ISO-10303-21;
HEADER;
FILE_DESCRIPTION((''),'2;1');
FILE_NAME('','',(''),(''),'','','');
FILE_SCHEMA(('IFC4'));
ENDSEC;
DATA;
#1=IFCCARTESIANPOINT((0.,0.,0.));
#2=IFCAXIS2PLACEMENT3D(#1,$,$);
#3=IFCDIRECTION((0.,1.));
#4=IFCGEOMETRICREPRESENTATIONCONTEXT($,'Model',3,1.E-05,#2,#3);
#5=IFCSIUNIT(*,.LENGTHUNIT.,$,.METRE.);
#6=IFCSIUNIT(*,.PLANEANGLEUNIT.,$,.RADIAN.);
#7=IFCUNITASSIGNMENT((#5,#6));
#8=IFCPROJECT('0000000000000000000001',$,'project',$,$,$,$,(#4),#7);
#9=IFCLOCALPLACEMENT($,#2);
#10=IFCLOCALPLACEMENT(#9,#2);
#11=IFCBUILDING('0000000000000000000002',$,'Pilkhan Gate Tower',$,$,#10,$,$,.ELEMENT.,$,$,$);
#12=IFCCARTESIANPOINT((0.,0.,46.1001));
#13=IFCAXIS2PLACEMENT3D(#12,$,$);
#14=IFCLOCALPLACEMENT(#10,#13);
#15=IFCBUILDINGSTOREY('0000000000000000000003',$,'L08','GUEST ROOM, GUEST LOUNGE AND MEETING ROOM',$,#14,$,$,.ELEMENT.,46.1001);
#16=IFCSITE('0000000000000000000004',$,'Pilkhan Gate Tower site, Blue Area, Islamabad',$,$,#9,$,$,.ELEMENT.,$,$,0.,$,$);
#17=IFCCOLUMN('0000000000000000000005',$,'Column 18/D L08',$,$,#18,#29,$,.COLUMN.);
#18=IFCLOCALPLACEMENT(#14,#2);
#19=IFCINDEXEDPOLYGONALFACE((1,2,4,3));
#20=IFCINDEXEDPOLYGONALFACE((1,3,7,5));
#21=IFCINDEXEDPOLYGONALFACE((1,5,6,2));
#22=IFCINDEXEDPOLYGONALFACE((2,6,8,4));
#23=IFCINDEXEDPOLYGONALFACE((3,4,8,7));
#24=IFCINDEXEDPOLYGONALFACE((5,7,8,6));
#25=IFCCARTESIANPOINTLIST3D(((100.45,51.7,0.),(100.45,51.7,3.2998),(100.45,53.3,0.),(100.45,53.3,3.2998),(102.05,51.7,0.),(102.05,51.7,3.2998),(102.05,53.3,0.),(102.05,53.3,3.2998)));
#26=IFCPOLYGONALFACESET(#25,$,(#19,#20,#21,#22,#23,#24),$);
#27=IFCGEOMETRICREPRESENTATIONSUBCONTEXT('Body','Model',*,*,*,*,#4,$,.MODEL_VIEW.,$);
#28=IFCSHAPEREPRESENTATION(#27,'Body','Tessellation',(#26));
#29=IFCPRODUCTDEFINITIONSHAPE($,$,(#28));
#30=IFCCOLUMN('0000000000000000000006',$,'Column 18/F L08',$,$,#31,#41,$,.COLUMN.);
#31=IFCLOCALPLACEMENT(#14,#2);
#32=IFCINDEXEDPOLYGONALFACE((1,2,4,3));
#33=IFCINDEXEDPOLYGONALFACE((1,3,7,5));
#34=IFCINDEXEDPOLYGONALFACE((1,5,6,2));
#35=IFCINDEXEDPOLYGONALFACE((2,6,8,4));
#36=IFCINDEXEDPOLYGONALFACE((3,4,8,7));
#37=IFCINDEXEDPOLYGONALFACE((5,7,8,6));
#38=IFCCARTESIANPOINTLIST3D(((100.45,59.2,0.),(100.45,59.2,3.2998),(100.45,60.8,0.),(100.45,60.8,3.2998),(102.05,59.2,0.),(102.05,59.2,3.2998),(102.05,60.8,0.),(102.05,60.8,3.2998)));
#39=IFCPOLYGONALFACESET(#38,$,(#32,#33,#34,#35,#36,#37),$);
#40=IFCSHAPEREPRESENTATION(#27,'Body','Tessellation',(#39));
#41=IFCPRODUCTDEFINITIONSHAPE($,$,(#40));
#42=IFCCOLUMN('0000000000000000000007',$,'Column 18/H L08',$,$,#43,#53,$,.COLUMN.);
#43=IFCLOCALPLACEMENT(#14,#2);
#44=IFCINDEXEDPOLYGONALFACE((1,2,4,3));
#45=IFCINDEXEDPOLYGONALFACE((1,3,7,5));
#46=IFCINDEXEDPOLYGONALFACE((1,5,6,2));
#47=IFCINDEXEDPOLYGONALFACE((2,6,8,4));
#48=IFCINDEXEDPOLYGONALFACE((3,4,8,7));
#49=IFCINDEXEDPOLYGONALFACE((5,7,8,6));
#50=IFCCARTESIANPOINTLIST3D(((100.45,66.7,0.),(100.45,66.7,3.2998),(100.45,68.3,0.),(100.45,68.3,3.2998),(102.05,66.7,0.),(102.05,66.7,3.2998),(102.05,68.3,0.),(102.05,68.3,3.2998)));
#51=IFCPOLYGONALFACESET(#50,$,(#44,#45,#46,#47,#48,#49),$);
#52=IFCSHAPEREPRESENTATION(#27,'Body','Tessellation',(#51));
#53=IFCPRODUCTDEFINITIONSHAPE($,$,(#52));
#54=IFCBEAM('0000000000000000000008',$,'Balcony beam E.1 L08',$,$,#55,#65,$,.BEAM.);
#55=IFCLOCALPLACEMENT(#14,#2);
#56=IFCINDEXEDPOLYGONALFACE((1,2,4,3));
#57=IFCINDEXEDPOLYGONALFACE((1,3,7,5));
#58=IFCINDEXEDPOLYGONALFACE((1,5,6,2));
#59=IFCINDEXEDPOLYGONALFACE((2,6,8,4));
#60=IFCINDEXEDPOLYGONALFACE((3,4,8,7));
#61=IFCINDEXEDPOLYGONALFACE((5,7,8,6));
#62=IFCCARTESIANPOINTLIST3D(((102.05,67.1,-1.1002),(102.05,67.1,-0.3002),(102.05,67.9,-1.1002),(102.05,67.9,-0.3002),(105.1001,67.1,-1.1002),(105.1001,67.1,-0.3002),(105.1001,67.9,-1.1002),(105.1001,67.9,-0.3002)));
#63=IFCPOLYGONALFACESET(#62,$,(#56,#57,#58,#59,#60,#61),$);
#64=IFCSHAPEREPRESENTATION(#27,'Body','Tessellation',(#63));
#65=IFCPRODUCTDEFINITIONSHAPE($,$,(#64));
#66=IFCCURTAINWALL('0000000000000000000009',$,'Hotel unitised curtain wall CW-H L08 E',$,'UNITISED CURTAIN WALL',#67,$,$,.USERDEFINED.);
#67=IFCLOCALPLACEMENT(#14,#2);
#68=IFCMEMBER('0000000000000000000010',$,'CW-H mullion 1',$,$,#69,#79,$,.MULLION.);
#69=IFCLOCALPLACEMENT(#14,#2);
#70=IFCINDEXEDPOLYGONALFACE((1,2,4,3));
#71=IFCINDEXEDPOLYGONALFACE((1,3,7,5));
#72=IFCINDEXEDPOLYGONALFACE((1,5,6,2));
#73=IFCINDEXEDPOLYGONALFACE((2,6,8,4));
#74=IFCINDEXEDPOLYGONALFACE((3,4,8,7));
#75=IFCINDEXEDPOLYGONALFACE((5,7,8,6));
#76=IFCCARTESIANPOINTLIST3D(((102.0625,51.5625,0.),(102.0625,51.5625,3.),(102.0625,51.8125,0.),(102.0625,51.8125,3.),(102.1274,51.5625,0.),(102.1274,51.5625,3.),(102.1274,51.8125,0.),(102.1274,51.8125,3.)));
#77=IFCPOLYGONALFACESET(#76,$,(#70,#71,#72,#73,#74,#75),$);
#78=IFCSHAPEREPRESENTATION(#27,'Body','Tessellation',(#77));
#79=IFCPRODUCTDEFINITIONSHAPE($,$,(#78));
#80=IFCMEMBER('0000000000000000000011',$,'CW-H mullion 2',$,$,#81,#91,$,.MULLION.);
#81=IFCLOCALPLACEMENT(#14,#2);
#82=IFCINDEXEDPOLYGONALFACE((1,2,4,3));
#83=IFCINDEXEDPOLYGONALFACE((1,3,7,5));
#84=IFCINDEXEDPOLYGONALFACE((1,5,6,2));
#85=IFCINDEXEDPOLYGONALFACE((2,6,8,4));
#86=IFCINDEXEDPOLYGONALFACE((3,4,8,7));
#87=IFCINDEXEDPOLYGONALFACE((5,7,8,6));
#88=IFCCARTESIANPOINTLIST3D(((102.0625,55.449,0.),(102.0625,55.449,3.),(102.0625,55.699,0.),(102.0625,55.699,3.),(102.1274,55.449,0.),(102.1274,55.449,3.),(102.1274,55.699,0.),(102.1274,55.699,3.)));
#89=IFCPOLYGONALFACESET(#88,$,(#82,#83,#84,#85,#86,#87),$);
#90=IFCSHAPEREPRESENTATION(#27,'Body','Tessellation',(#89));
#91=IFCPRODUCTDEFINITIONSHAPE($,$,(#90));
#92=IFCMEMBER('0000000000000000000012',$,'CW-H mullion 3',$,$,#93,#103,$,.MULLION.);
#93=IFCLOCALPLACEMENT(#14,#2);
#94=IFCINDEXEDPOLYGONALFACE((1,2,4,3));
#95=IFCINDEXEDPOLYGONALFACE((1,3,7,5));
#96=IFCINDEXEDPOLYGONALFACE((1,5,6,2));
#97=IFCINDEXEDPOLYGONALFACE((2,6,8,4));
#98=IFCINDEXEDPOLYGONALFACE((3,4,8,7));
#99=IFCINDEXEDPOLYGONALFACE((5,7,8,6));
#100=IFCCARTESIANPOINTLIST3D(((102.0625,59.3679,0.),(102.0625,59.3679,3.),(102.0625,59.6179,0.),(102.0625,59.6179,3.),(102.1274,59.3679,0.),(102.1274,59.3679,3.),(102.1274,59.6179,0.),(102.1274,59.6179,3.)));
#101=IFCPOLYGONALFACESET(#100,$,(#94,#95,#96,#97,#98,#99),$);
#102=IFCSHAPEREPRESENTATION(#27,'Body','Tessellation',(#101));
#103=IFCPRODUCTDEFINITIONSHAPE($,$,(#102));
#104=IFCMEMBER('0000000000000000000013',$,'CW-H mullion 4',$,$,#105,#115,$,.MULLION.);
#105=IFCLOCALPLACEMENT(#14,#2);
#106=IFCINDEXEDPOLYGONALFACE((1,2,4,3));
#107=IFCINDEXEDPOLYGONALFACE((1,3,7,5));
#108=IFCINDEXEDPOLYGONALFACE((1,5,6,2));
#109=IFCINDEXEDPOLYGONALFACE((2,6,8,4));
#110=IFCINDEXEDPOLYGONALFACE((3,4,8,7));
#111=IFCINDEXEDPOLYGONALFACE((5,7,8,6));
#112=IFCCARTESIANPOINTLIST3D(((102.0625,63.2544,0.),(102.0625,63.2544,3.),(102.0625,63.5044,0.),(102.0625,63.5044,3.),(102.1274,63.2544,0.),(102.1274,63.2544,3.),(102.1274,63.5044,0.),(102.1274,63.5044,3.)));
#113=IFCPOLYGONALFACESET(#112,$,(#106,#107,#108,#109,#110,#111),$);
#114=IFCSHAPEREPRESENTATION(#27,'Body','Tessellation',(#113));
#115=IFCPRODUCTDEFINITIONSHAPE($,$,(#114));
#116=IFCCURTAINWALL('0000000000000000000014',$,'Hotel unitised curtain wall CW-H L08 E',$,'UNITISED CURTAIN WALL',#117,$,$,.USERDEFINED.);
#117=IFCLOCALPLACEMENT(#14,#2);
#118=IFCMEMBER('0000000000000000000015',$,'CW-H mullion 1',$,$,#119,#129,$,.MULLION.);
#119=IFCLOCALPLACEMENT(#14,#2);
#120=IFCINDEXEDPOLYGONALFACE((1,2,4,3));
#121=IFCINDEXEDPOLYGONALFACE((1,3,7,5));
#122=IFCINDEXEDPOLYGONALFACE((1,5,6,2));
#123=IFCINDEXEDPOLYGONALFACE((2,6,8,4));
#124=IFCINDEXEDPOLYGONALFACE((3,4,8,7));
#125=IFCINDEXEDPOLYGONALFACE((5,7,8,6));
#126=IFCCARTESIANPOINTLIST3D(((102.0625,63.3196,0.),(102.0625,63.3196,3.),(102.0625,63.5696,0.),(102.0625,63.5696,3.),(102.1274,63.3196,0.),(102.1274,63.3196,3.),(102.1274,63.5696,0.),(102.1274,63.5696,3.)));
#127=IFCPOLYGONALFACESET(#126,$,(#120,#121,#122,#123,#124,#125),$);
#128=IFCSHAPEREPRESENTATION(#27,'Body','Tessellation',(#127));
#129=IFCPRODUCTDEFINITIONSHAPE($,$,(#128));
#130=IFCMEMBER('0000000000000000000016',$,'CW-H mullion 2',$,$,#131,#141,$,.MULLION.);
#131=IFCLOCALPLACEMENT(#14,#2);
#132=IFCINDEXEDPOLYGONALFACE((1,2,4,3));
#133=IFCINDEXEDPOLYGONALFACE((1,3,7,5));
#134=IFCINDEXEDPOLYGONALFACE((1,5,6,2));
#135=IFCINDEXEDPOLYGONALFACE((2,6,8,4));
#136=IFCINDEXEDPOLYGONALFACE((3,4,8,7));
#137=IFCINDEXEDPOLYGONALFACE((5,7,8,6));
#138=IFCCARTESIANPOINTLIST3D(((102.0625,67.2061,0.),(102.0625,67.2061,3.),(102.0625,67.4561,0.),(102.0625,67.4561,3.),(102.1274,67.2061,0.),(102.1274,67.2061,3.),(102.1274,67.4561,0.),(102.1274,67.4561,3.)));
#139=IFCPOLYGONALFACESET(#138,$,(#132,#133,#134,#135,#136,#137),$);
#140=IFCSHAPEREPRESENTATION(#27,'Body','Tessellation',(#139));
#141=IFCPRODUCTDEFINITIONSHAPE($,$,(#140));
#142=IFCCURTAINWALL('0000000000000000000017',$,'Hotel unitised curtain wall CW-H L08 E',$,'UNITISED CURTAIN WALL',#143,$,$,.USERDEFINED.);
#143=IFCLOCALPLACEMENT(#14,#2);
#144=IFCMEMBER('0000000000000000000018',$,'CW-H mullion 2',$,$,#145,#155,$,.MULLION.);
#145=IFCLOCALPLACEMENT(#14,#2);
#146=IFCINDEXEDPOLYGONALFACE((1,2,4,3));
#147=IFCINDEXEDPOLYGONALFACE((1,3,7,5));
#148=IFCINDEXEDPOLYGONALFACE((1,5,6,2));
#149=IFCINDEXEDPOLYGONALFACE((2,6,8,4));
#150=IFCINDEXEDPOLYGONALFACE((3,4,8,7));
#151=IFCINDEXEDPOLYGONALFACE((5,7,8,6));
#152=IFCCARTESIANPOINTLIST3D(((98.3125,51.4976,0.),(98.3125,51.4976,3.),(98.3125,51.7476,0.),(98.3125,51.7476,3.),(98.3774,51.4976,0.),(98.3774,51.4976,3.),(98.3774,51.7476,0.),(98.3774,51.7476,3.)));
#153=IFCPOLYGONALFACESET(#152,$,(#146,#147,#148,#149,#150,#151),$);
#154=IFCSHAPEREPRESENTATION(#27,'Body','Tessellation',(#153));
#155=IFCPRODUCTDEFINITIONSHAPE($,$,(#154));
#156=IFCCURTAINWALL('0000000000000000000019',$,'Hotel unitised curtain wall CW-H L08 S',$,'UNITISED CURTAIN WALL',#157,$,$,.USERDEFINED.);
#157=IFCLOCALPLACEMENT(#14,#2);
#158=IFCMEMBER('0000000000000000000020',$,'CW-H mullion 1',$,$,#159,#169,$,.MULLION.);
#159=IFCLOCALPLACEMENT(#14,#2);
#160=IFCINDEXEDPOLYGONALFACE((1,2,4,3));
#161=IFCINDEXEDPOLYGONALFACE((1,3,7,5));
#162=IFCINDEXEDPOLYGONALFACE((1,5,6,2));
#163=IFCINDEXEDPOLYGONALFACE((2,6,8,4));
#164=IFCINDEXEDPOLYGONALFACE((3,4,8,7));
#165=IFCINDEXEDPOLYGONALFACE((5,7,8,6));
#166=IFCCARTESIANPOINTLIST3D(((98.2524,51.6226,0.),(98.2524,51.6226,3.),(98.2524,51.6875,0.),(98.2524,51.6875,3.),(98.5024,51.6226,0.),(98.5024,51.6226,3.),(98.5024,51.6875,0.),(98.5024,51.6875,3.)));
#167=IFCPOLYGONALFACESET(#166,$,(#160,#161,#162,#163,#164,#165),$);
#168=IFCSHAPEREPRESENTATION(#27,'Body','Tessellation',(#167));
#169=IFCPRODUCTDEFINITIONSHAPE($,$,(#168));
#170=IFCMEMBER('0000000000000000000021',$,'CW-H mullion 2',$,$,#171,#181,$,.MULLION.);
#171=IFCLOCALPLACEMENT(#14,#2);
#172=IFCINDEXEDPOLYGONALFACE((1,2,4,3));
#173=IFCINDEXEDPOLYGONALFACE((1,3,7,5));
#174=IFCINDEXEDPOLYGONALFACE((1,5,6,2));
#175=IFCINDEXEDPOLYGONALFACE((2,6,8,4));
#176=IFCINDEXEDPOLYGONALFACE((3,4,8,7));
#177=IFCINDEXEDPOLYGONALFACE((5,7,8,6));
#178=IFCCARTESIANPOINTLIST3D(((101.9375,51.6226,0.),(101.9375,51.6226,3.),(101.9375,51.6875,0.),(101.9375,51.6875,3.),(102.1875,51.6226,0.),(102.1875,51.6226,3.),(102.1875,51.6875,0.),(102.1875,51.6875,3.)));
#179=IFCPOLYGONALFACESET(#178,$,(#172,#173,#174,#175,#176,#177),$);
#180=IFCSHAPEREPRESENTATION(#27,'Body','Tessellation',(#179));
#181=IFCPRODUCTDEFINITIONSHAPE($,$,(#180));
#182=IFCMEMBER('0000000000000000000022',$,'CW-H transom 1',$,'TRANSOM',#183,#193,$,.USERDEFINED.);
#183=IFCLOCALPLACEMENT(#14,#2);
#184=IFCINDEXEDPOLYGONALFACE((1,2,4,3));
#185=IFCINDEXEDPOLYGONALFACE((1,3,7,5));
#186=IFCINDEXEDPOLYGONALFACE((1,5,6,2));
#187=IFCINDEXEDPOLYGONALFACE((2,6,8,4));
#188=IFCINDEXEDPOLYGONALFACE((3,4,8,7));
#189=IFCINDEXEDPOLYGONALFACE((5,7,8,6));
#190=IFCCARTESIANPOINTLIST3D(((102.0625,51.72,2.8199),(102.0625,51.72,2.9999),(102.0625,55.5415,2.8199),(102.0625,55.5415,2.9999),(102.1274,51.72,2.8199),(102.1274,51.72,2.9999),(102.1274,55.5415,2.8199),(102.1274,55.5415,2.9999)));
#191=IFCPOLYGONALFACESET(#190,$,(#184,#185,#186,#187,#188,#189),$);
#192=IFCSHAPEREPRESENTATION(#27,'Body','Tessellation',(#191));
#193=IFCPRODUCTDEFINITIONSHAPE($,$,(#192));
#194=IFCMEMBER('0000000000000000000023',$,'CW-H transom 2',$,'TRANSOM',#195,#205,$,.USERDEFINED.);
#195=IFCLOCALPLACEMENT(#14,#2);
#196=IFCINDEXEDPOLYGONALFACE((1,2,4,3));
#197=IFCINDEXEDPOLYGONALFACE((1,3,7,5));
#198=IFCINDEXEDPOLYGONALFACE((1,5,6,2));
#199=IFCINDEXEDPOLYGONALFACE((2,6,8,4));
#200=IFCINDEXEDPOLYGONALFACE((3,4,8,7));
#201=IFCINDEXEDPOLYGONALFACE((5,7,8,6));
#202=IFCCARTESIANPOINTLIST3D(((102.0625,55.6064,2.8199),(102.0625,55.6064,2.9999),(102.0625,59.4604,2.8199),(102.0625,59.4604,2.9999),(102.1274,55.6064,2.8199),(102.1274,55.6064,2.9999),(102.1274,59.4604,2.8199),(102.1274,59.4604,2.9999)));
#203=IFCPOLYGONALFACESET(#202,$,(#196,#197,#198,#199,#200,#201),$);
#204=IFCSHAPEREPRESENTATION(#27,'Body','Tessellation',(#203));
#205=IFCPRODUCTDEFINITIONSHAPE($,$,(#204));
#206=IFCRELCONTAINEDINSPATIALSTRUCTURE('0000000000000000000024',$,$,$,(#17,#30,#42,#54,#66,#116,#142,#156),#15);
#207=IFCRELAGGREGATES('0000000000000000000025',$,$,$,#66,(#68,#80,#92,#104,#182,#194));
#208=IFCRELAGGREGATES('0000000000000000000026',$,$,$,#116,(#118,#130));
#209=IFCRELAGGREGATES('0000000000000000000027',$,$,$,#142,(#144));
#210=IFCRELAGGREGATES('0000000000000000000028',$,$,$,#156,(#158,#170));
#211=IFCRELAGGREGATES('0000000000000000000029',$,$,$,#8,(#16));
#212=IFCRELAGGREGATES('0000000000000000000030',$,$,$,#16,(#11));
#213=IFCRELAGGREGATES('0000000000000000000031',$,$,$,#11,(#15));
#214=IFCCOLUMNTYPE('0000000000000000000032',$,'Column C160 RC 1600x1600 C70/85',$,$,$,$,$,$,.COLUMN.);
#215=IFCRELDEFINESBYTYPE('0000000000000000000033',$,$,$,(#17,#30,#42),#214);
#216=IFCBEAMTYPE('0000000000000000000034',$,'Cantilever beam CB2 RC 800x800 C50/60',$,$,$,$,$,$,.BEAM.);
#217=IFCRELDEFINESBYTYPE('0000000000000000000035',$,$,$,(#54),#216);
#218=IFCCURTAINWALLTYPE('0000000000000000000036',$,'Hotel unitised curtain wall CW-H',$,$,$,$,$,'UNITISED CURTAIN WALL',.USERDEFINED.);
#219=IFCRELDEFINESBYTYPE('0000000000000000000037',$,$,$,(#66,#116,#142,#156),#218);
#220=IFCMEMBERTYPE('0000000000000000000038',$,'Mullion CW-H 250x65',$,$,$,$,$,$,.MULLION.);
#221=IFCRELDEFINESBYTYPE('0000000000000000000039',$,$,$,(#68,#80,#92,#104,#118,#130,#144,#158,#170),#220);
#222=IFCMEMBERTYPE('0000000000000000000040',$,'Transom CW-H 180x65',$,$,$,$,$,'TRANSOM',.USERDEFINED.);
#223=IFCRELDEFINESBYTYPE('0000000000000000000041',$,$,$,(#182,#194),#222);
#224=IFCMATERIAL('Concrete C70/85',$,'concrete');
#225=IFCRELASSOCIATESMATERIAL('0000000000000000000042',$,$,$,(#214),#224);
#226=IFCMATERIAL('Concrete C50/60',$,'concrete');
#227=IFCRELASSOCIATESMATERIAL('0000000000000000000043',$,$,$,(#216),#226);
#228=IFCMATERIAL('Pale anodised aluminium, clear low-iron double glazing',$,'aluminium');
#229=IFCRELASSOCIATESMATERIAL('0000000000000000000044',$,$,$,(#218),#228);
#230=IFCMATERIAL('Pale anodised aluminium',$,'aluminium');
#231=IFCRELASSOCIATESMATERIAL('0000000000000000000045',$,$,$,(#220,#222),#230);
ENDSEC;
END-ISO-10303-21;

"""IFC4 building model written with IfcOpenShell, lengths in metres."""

from ifc_helpers import new_model, si_unit, direction, frame, origin, origin_2d, place, context, subcontext, project, spatial, rectangle, extrude, material, material_profile, profile_set, type_object, element, aggregate, save


model = new_model("IFC4")

# Units and contexts
model_context = context("Model", 3, precision=1e-05, world=origin(), true_north=direction((0.0, 1.0)))
body_context = subcontext(model_context, "Body", "Model", "MODEL_VIEW")
ifc_project = project(units=[si_unit("LENGTHUNIT", "METRE"), si_unit("PLANEANGLEUNIT", "RADIAN")], contexts=[model_context])

# Site, building, storey
site_placement = place(None, origin())
site = spatial("IfcSite", under=ifc_project, at=site_placement, Name="Pilkhan Gate Tower site, Blue Area, Islamabad", CompositionType="ELEMENT", RefElevation=0.0)
building_placement = place(site_placement, origin())
building = spatial("IfcBuilding", under=site, at=building_placement, Name="Pilkhan Gate Tower", CompositionType="ELEMENT")
storey_placement = place(building_placement, frame((0.0, 0.0, 46.1001)))
storey = spatial("IfcBuildingStorey", under=building, at=storey_placement, Name="L08", Description="GUEST ROOM, GUEST LOUNGE AND MEETING ROOM", CompositionType="ELEMENT", Elevation=46.1001)

# Columns
ifc_material_1 = material(Name="Concrete C70/85", Category="concrete")
ifc_material_profile_1 = material_profile(ifc_material_1, rectangle(XDim=1.6001, YDim=1.6001, at=origin_2d()), Name="RC 1600x1600")
ifc_profile_set_1 = profile_set([ifc_material_profile_1], Name="Concrete C70/85")
column_type = type_object("IfcColumnType", Name="Column C160 RC 1600x1600 C70/85", PredefinedType="COLUMN", material=ifc_profile_set_1)
for number, where, z_axis, x_axis, name in (
    (1, (101.25, 52.5, 0.0), (0.0, 0.0, 1.0), (1.0, 0.0, 0.0), "Column 18/D L08"),
    (2, (101.25, 60.0, 0.0), (0.0, 0.0, 1.0), (1.0, 0.0, 0.0), "Column 18/F L08"),
    (3, (101.25, 67.5, 0.0), (0.0, 0.0, 1.0), (1.0, 0.0, 0.0), "Column 18/H L08"),
):
    element("IfcColumn", number, at=place(storey_placement, frame(where, z_axis=z_axis, x_axis=x_axis)), inside=storey, type_object=column_type, Name=name, PredefinedType="COLUMN", context=body_context, shape_type="SweptSolid", body=[
        extrude(rectangle(XDim=1.6001, YDim=1.6001, at=origin_2d()), origin(), (0.0, 0.0, 1.0), 3.2998),
    ])

# Beam
ifc_material_2 = material(Name="Concrete C50/60", Category="concrete")
ifc_material_profile_2 = material_profile(ifc_material_2, rectangle(XDim=0.8, YDim=0.8, at=origin_2d()), Name="RC 800x800")
ifc_profile_set_2 = profile_set([ifc_material_profile_2], Name="Concrete C50/60")
beam_type = type_object("IfcBeamType", Name="Cantilever beam CB2 RC 800x800 C50/60", PredefinedType="BEAM", material=ifc_profile_set_2)
beam_placement = place(storey_placement, frame((102.05, 67.5, -0.7002), z_axis=(1.0, 0.0, 0.0), x_axis=(0.0, 1.0, 0.0)))
element("IfcBeam", 4, at=beam_placement, inside=storey, type_object=beam_type, Name="Balcony beam E.1 L08", PredefinedType="BEAM", context=body_context, shape_type="SweptSolid", body=[
    extrude(rectangle(XDim=0.8, YDim=0.8, at=origin_2d()), origin(), (0.0, 0.0, 1.0), 3.05),
])

# Curtain walls, members
ifc_material_3 = material(Name="Pale anodised aluminium, clear low-iron double glazing", Category="aluminium")
curtain_wall_type = type_object("IfcCurtainWallType", Name="Hotel unitised curtain wall CW-H", ElementType="UNITISED CURTAIN WALL", PredefinedType="USERDEFINED", material=ifc_material_3)
curtain_wall_1_placement = place(storey_placement, origin())
curtain_wall_1 = element("IfcCurtainWall", 5, at=curtain_wall_1_placement, inside=storey, type_object=curtain_wall_type, Name="Hotel unitised curtain wall CW-H L08 E", ObjectType="UNITISED CURTAIN WALL", PredefinedType="USERDEFINED")
ifc_material_4 = material(Name="Pale anodised aluminium", Category="aluminium")
ifc_material_profile_3 = material_profile(ifc_material_4, rectangle(XDim=0.0649, YDim=0.25, at=origin_2d()), Name="Mullion 250x65")
ifc_profile_set_3 = profile_set([ifc_material_profile_3], Name="Pale anodised aluminium")
member_type_1 = type_object("IfcMemberType", Name="Mullion CW-H 250x65", PredefinedType="MULLION", material=ifc_profile_set_3)
member_1_placement = place(storey_placement, frame((102.095, 51.6875, 0.0), z_axis=(0.0, 0.0, 1.0), x_axis=(-1.0, 0.0, 0.0)))
member_1 = element("IfcMember", 6, at=member_1_placement, type_object=member_type_1, Name="CW-H mullion 1", PredefinedType="MULLION", context=body_context, shape_type="SweptSolid", body=[
    extrude(rectangle(XDim=0.0649, YDim=0.25, at=origin_2d()), origin(), (0.0, 0.0, 1.0), 3.0),
])
member_2_placement = place(storey_placement, frame((102.095, 55.574, 0.0), z_axis=(0.0, 0.0, 1.0), x_axis=(-1.0, 0.0, 0.0)))
member_2 = element("IfcMember", 7, at=member_2_placement, type_object=member_type_1, Name="CW-H mullion 2", PredefinedType="MULLION", context=body_context, shape_type="SweptSolid", body=[
    extrude(rectangle(XDim=0.0649, YDim=0.25, at=origin_2d()), origin(), (0.0, 0.0, 1.0), 3.0),
])
member_3_placement = place(storey_placement, frame((102.095, 59.4929, 0.0), z_axis=(0.0, 0.0, 1.0), x_axis=(-1.0, 0.0, 0.0)))
member_3 = element("IfcMember", 8, at=member_3_placement, type_object=member_type_1, Name="CW-H mullion 3", PredefinedType="MULLION", context=body_context, shape_type="SweptSolid", body=[
    extrude(rectangle(XDim=0.0649, YDim=0.25, at=origin_2d()), origin(), (0.0, 0.0, 1.0), 3.0),
])
member_4_placement = place(storey_placement, frame((102.095, 63.3794, 0.0), z_axis=(0.0, 0.0, 1.0), x_axis=(-1.0, 0.0, 0.0)))
member_4 = element("IfcMember", 9, at=member_4_placement, type_object=member_type_1, Name="CW-H mullion 4", PredefinedType="MULLION", context=body_context, shape_type="SweptSolid", body=[
    extrude(rectangle(XDim=0.0649, YDim=0.25, at=origin_2d()), origin(), (0.0, 0.0, 1.0), 3.0),
])
curtain_wall_2_placement = place(storey_placement, origin())
curtain_wall_2 = element("IfcCurtainWall", 10, at=curtain_wall_2_placement, inside=storey, type_object=curtain_wall_type, Name="Hotel unitised curtain wall CW-H L08 E", ObjectType="UNITISED CURTAIN WALL", PredefinedType="USERDEFINED")
member_5_placement = place(storey_placement, frame((102.095, 63.4446, 0.0), z_axis=(0.0, 0.0, 1.0), x_axis=(-1.0, 0.0, 0.0)))
member_5 = element("IfcMember", 11, at=member_5_placement, type_object=member_type_1, Name="CW-H mullion 1", PredefinedType="MULLION", context=body_context, shape_type="SweptSolid", body=[
    extrude(rectangle(XDim=0.0649, YDim=0.25, at=origin_2d()), origin(), (0.0, 0.0, 1.0), 3.0),
])
member_6_placement = place(storey_placement, frame((102.095, 67.3311, 0.0), z_axis=(0.0, 0.0, 1.0), x_axis=(-1.0, 0.0, 0.0)))
member_6 = element("IfcMember", 12, at=member_6_placement, type_object=member_type_1, Name="CW-H mullion 2", PredefinedType="MULLION", context=body_context, shape_type="SweptSolid", body=[
    extrude(rectangle(XDim=0.0649, YDim=0.25, at=origin_2d()), origin(), (0.0, 0.0, 1.0), 3.0),
])

# Curtain wall, member
curtain_wall_3_placement = place(storey_placement, origin())
curtain_wall_3 = element("IfcCurtainWall", 13, at=curtain_wall_3_placement, inside=storey, type_object=curtain_wall_type, Name="Hotel unitised curtain wall CW-H L08 E", ObjectType="UNITISED CURTAIN WALL", PredefinedType="USERDEFINED")
member_7_placement = place(storey_placement, frame((98.345, 51.6226, 0.0), z_axis=(0.0, 0.0, 1.0), x_axis=(-1.0, 0.0, 0.0)))
member_7 = element("IfcMember", 14, at=member_7_placement, type_object=member_type_1, Name="CW-H mullion 2", PredefinedType="MULLION", context=body_context, shape_type="SweptSolid", body=[
    extrude(rectangle(XDim=0.0649, YDim=0.25, at=origin_2d()), origin(), (0.0, 0.0, 1.0), 3.0),
])

# Curtain wall, members
curtain_wall_4_placement = place(storey_placement, origin())
curtain_wall_4 = element("IfcCurtainWall", 15, at=curtain_wall_4_placement, inside=storey, type_object=curtain_wall_type, Name="Hotel unitised curtain wall CW-H L08 S", ObjectType="UNITISED CURTAIN WALL", PredefinedType="USERDEFINED")
member_8_placement = place(storey_placement, frame((98.3774, 51.655, 0.0), z_axis=(0.0, 0.0, 1.0), x_axis=(0.0, 1.0, 0.0)))
member_8 = element("IfcMember", 16, at=member_8_placement, type_object=member_type_1, Name="CW-H mullion 1", PredefinedType="MULLION", context=body_context, shape_type="SweptSolid", body=[
    extrude(rectangle(XDim=0.0649, YDim=0.25, at=origin_2d()), origin(), (0.0, 0.0, 1.0), 3.0),
])
member_9_placement = place(storey_placement, frame((102.0625, 51.655, 0.0), z_axis=(0.0, 0.0, 1.0), x_axis=(0.0, 1.0, 0.0)))
member_9 = element("IfcMember", 17, at=member_9_placement, type_object=member_type_1, Name="CW-H mullion 2", PredefinedType="MULLION", context=body_context, shape_type="SweptSolid", body=[
    extrude(rectangle(XDim=0.0649, YDim=0.25, at=origin_2d()), origin(), (0.0, 0.0, 1.0), 3.0),
])

# Members
ifc_material_profile_4 = material_profile(ifc_material_4, rectangle(XDim=0.0649, YDim=0.1799, at=origin_2d()), Name="Transom 180x65")
ifc_profile_set_4 = profile_set([ifc_material_profile_4], Name="Pale anodised aluminium")
member_type_2 = type_object("IfcMemberType", Name="Transom CW-H 180x65", ElementType="TRANSOM", PredefinedType="USERDEFINED", material=ifc_profile_set_4)
member_10_placement = place(storey_placement, frame((102.095, 51.72, 2.9099), z_axis=(0.0, 1.0, 0.0), x_axis=(-1.0, 0.0, 0.0)))
member_10 = element("IfcMember", 18, at=member_10_placement, type_object=member_type_2, Name="CW-H transom 1", ObjectType="TRANSOM", PredefinedType="USERDEFINED", context=body_context, shape_type="SweptSolid", body=[
    extrude(rectangle(XDim=0.0649, YDim=0.1799, at=origin_2d()), origin(), (0.0, 0.0, 1.0), 3.8215),
])
member_11_placement = place(storey_placement, frame((102.095, 55.6064, 2.9099), z_axis=(0.0, 1.0, 0.0), x_axis=(-1.0, 0.0, 0.0)))
member_11 = element("IfcMember", 19, at=member_11_placement, type_object=member_type_2, Name="CW-H transom 2", ObjectType="TRANSOM", PredefinedType="USERDEFINED", context=body_context, shape_type="SweptSolid", body=[
    extrude(rectangle(XDim=0.0649, YDim=0.1799, at=origin_2d()), origin(), (0.0, 0.0, 1.0), 3.854),
])

aggregate(curtain_wall_1, [member_1, member_2, member_3, member_4, member_10, member_11])
aggregate(curtain_wall_2, [member_5, member_6])
aggregate(curtain_wall_3, [member_7])
aggregate(curtain_wall_4, [member_8, member_9])

save(model, "model.ifc")
